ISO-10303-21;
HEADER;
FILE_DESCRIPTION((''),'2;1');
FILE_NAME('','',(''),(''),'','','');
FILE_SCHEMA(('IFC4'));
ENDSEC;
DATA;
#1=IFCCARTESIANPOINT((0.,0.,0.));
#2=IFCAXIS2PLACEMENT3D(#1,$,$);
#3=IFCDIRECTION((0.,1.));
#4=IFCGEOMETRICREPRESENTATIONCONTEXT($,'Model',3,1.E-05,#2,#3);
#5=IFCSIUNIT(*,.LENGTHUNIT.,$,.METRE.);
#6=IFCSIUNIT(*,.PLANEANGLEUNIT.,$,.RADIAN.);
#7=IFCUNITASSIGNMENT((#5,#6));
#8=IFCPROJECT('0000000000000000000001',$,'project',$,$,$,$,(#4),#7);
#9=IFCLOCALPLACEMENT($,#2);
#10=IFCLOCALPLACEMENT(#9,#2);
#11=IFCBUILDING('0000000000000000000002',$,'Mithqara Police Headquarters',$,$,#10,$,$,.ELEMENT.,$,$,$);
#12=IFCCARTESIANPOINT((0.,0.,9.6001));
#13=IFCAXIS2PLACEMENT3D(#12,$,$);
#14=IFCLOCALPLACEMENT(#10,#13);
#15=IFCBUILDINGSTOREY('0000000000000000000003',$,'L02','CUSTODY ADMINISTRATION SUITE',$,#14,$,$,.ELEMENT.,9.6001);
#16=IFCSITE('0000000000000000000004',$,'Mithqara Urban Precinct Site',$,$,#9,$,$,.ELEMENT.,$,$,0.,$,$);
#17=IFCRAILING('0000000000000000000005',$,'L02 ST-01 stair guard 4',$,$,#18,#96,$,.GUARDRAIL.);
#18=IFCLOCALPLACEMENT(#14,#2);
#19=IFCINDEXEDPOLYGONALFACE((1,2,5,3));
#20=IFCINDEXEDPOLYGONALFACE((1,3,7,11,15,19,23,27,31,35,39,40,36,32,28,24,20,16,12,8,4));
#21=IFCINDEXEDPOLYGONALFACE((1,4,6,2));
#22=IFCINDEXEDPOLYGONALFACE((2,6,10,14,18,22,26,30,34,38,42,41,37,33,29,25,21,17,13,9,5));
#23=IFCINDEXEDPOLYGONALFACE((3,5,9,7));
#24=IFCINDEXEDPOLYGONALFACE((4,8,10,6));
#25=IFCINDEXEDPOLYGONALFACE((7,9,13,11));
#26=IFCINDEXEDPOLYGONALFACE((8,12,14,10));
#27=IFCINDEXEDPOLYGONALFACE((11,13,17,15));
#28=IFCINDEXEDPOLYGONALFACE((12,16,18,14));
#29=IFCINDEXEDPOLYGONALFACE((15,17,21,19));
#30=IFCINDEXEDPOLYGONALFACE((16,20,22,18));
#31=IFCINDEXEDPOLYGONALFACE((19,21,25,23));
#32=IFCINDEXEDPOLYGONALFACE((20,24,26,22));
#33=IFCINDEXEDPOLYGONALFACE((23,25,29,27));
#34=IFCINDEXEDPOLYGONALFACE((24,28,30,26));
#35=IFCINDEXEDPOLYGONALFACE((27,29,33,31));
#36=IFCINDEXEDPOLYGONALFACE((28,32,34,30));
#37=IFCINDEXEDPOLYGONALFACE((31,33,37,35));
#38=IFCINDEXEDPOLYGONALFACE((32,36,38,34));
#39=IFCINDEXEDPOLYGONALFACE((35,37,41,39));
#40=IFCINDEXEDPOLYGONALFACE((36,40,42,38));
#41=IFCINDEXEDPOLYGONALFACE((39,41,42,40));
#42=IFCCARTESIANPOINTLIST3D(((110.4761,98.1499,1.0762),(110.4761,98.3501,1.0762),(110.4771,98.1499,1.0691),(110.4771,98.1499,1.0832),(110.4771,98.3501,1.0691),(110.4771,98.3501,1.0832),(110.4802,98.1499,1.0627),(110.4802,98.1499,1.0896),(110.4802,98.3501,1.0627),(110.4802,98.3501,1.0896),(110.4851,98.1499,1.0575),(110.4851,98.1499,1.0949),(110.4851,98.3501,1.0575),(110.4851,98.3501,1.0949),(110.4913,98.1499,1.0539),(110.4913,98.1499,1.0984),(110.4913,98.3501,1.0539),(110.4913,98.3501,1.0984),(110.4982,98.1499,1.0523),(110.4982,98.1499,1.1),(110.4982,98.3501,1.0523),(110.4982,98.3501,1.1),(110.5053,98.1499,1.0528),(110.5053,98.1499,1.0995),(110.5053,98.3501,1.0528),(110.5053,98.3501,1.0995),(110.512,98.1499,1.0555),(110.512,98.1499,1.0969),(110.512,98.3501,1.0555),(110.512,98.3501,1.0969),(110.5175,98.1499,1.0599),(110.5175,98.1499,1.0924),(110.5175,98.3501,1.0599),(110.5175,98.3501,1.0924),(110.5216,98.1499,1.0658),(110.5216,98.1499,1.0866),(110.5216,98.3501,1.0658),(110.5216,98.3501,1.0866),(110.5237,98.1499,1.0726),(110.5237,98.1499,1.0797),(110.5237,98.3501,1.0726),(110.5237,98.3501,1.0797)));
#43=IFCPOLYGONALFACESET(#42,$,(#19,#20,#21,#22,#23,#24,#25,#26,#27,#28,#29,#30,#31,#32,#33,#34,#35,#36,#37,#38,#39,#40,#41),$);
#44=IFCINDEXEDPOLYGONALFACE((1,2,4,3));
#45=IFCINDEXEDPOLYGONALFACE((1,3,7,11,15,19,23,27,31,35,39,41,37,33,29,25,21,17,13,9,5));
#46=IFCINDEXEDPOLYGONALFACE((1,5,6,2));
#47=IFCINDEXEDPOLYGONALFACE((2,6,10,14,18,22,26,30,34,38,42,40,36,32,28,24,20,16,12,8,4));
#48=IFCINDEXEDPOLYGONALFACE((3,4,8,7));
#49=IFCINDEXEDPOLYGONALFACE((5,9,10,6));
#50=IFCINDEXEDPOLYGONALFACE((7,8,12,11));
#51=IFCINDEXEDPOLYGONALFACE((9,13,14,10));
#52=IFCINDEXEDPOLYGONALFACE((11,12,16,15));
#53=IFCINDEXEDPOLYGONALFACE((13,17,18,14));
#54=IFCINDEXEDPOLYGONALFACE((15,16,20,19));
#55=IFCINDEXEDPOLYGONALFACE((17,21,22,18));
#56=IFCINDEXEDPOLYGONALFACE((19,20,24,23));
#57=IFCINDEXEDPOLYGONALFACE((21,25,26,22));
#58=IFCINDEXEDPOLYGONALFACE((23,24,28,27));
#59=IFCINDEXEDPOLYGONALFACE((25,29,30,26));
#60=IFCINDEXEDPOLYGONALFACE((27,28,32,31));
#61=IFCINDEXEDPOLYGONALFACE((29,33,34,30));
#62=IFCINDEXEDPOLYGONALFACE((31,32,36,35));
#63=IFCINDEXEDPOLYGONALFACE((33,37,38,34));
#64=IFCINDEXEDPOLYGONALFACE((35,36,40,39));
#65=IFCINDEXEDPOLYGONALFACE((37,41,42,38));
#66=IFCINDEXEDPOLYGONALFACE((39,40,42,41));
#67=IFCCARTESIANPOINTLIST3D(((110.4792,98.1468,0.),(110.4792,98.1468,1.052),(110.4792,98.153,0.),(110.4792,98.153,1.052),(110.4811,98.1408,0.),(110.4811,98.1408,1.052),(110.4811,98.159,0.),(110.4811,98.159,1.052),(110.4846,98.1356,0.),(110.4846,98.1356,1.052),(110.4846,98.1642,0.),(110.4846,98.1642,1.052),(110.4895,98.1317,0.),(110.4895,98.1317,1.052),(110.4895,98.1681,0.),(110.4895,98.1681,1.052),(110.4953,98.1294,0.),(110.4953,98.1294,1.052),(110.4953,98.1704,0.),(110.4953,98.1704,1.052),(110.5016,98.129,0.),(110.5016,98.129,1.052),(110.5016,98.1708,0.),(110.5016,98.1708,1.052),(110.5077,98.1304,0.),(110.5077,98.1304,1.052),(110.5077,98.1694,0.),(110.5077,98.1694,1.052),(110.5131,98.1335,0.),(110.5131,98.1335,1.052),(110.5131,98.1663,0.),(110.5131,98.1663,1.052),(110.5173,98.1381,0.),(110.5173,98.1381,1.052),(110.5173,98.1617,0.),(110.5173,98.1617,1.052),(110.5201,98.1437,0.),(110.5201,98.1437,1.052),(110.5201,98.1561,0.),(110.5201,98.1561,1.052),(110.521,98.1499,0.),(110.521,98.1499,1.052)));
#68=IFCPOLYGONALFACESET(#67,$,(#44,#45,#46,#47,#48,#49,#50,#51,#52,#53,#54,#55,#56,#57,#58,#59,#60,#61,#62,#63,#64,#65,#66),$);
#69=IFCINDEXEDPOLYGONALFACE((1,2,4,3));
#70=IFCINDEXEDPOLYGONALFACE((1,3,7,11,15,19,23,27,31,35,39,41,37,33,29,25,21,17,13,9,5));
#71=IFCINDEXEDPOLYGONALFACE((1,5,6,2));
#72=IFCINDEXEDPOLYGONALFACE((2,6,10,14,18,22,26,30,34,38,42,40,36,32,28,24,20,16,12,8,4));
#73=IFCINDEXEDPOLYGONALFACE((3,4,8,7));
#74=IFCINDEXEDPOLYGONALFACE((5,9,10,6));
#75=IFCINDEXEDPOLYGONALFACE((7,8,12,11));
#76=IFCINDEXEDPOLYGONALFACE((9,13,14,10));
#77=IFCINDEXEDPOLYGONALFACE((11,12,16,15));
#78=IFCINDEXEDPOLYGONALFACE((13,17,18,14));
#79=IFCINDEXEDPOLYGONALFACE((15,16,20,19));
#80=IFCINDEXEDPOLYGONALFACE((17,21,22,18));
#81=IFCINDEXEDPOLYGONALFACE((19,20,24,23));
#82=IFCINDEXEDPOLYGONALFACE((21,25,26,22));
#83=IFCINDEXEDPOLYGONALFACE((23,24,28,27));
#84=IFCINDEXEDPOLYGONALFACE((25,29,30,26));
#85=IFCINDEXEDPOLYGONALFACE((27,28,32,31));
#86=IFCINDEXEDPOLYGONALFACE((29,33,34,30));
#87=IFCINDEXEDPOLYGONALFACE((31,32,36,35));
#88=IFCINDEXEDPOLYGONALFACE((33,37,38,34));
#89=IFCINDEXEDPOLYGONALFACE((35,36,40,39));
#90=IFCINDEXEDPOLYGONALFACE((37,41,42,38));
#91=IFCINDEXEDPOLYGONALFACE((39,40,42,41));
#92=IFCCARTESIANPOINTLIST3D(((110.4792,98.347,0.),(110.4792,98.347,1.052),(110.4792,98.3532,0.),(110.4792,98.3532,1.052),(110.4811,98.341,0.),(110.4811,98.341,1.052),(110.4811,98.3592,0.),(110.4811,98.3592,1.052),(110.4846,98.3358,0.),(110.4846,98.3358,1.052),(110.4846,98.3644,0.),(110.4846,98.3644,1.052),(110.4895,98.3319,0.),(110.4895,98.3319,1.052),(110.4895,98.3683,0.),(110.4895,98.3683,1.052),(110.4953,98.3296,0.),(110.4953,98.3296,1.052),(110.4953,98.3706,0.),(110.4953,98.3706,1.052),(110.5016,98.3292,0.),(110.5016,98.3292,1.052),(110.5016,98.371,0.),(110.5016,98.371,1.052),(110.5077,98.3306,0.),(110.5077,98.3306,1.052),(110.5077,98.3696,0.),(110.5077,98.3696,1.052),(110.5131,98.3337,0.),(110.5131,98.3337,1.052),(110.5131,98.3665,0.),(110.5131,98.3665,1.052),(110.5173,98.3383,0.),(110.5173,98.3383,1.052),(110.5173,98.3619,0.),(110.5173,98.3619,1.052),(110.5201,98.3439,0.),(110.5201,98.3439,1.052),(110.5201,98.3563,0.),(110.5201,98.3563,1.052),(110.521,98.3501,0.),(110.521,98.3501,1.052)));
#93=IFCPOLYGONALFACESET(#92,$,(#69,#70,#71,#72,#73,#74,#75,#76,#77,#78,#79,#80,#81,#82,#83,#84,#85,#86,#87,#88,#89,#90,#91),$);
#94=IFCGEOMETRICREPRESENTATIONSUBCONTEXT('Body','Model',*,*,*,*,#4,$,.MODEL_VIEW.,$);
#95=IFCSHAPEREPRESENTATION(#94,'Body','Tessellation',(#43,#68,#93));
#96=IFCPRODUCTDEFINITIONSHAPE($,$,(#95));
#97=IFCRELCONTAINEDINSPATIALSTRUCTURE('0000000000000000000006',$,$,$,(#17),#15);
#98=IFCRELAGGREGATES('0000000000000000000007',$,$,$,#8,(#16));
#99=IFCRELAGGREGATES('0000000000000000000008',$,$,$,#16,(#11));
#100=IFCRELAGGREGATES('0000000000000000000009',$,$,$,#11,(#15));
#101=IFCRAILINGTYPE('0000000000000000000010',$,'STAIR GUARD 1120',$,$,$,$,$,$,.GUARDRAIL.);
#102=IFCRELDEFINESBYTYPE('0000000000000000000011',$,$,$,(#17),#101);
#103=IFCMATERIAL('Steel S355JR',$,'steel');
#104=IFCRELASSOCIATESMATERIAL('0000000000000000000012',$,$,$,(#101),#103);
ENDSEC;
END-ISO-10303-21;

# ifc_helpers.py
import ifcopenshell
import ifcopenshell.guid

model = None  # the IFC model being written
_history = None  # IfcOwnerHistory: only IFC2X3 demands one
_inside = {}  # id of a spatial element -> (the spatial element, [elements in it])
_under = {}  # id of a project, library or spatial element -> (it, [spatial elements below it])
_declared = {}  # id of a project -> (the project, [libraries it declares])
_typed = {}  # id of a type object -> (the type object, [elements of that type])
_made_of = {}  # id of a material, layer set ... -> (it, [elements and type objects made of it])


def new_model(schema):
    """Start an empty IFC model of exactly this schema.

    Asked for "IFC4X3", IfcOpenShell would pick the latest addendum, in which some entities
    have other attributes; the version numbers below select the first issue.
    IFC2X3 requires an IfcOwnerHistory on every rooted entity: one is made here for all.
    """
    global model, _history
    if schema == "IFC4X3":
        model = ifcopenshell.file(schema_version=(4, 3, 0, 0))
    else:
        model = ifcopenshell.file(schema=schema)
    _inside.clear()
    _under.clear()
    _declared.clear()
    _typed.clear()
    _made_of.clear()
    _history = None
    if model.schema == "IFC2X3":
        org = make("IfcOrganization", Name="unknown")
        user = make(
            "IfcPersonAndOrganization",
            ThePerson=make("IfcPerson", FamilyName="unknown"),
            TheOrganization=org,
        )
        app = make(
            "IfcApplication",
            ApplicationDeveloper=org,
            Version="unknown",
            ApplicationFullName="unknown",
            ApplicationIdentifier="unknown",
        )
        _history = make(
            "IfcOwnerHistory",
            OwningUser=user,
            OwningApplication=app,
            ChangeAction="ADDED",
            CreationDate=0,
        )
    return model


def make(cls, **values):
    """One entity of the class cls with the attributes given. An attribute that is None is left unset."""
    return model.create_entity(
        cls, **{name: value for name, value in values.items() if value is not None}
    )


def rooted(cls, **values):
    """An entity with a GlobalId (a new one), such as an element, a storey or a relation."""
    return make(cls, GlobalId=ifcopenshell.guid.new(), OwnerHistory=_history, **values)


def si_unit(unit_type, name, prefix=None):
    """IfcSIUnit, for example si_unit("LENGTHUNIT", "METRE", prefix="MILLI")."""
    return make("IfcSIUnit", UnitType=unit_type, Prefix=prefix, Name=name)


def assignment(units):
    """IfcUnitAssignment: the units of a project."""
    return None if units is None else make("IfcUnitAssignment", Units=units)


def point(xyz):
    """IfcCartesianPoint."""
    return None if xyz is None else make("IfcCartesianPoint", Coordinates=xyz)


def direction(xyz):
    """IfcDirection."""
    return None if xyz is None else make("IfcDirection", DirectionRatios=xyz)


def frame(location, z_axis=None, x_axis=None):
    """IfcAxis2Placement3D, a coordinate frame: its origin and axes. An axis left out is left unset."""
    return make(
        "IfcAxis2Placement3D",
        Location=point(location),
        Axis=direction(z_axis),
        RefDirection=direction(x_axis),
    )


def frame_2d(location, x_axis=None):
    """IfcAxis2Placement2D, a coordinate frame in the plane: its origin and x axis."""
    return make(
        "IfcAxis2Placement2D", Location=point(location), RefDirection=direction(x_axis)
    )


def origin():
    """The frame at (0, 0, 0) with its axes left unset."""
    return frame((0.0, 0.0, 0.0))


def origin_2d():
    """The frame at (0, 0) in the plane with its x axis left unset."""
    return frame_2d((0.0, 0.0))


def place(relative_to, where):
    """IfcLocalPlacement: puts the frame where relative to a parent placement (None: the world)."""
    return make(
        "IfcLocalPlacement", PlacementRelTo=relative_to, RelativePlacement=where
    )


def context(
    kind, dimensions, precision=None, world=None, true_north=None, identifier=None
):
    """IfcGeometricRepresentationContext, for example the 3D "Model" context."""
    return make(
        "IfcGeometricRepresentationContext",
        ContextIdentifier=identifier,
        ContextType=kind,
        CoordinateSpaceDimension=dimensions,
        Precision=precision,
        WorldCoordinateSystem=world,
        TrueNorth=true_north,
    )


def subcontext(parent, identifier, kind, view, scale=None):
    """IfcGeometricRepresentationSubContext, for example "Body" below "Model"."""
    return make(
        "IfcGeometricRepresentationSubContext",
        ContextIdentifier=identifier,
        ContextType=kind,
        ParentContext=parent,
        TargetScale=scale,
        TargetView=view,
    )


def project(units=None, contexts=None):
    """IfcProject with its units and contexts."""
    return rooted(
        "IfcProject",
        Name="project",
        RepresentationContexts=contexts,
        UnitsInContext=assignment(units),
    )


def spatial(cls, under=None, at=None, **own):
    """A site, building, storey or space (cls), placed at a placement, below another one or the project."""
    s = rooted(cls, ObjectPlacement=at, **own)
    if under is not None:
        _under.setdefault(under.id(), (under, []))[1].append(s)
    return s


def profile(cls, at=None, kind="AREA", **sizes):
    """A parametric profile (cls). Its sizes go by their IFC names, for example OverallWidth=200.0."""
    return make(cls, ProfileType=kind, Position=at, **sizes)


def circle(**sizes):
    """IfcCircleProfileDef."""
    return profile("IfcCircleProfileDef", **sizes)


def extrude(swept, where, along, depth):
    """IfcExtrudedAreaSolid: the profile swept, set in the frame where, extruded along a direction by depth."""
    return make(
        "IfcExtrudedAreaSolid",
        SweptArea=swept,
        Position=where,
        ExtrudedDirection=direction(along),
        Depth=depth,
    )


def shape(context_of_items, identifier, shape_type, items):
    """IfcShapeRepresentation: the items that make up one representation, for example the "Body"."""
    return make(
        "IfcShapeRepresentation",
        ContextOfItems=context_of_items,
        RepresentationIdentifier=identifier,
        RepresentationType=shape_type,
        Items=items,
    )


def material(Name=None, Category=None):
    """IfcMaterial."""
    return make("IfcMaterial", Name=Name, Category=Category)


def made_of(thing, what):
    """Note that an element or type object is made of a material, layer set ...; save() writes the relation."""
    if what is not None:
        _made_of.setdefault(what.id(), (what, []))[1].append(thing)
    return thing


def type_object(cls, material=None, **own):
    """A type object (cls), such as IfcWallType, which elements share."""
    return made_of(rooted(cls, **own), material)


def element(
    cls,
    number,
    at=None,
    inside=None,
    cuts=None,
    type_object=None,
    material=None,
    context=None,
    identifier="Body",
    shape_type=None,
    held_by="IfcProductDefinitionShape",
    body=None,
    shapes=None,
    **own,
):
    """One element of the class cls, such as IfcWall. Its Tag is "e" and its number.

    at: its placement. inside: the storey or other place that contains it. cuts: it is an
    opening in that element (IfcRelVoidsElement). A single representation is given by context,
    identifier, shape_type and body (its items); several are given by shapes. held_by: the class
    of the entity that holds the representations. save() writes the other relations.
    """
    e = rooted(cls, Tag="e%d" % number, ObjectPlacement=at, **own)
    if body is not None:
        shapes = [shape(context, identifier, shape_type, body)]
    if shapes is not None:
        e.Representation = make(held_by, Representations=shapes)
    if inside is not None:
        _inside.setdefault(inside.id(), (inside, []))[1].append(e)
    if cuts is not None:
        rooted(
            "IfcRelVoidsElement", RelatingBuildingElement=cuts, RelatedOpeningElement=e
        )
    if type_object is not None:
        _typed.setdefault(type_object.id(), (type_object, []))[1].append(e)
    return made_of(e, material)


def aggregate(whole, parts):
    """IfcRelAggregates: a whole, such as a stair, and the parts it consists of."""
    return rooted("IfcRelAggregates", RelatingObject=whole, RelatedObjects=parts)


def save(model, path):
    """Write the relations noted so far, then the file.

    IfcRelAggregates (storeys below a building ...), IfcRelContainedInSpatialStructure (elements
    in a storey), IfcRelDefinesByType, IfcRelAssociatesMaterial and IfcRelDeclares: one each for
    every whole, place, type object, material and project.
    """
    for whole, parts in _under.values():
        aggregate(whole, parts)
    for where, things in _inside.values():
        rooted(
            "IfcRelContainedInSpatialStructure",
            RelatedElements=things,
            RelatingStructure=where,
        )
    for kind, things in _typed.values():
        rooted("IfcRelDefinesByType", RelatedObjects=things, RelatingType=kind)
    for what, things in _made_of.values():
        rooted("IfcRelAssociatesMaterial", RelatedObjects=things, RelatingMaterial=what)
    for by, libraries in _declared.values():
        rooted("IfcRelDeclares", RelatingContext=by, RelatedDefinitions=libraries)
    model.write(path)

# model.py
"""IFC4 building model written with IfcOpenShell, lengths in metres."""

from ifc_helpers import new_model, si_unit, direction, frame, origin, origin_2d, place, context, subcontext, project, spatial, circle, extrude, material, type_object, element, save


model = new_model("IFC4")

# Units and contexts
model_context = context("Model", 3, precision=1e-05, world=origin(), true_north=direction((0.0, 1.0)))
body_context = subcontext(model_context, "Body", "Model", "MODEL_VIEW")
ifc_project = project(units=[si_unit("LENGTHUNIT", "METRE"), si_unit("PLANEANGLEUNIT", "RADIAN")], contexts=[model_context])

# Site, building, storey
site_placement = place(None, origin())
site = spatial("IfcSite", under=ifc_project, at=site_placement, Name="Mithqara Urban Precinct Site", CompositionType="ELEMENT", RefElevation=0.0)
building_placement = place(site_placement, origin())
building = spatial("IfcBuilding", under=site, at=building_placement, Name="Mithqara Police Headquarters", CompositionType="ELEMENT")
storey_placement = place(building_placement, frame((0.0, 0.0, 9.6001)))
storey = spatial("IfcBuildingStorey", under=building, at=storey_placement, Name="L02", Description="CUSTODY ADMINISTRATION SUITE", CompositionType="ELEMENT", Elevation=9.6001)

# Shared definitions
ifc_material_1 = material(Name="Steel S355JR", Category="steel")

# Railing
railing_type_1 = type_object("IfcRailingType", Name="STAIR GUARD 1120", PredefinedType="GUARDRAIL", material=ifc_material_1)
railing_1_placement = place(storey_placement, frame((110.5, 98.1499, 0.0)))
element("IfcRailing", 1, at=railing_1_placement, inside=storey, type_object=railing_type_1, Name="L02 ST-01 stair guard 4", PredefinedType="GUARDRAIL", context=body_context, shape_type="SweptSolid", body=[
    extrude(circle(Radius=0.0239, at=origin_2d()), frame((0.0, 0.0, 1.0762), z_axis=(0.0, 1.0, 0.0), x_axis=(-1.0, 0.0, 0.0)), (0.0, 0.0, 1.0), 0.2002),
    extrude(circle(Radius=0.021, at=origin_2d()), origin(), (0.0, 0.0, 1.0), 1.052),
    extrude(circle(Radius=0.021, at=origin_2d()), frame((0.0, 0.2002, 0.0)), (0.0, 0.0, 1.0), 1.052),
])

save(model, "model.ifc")
